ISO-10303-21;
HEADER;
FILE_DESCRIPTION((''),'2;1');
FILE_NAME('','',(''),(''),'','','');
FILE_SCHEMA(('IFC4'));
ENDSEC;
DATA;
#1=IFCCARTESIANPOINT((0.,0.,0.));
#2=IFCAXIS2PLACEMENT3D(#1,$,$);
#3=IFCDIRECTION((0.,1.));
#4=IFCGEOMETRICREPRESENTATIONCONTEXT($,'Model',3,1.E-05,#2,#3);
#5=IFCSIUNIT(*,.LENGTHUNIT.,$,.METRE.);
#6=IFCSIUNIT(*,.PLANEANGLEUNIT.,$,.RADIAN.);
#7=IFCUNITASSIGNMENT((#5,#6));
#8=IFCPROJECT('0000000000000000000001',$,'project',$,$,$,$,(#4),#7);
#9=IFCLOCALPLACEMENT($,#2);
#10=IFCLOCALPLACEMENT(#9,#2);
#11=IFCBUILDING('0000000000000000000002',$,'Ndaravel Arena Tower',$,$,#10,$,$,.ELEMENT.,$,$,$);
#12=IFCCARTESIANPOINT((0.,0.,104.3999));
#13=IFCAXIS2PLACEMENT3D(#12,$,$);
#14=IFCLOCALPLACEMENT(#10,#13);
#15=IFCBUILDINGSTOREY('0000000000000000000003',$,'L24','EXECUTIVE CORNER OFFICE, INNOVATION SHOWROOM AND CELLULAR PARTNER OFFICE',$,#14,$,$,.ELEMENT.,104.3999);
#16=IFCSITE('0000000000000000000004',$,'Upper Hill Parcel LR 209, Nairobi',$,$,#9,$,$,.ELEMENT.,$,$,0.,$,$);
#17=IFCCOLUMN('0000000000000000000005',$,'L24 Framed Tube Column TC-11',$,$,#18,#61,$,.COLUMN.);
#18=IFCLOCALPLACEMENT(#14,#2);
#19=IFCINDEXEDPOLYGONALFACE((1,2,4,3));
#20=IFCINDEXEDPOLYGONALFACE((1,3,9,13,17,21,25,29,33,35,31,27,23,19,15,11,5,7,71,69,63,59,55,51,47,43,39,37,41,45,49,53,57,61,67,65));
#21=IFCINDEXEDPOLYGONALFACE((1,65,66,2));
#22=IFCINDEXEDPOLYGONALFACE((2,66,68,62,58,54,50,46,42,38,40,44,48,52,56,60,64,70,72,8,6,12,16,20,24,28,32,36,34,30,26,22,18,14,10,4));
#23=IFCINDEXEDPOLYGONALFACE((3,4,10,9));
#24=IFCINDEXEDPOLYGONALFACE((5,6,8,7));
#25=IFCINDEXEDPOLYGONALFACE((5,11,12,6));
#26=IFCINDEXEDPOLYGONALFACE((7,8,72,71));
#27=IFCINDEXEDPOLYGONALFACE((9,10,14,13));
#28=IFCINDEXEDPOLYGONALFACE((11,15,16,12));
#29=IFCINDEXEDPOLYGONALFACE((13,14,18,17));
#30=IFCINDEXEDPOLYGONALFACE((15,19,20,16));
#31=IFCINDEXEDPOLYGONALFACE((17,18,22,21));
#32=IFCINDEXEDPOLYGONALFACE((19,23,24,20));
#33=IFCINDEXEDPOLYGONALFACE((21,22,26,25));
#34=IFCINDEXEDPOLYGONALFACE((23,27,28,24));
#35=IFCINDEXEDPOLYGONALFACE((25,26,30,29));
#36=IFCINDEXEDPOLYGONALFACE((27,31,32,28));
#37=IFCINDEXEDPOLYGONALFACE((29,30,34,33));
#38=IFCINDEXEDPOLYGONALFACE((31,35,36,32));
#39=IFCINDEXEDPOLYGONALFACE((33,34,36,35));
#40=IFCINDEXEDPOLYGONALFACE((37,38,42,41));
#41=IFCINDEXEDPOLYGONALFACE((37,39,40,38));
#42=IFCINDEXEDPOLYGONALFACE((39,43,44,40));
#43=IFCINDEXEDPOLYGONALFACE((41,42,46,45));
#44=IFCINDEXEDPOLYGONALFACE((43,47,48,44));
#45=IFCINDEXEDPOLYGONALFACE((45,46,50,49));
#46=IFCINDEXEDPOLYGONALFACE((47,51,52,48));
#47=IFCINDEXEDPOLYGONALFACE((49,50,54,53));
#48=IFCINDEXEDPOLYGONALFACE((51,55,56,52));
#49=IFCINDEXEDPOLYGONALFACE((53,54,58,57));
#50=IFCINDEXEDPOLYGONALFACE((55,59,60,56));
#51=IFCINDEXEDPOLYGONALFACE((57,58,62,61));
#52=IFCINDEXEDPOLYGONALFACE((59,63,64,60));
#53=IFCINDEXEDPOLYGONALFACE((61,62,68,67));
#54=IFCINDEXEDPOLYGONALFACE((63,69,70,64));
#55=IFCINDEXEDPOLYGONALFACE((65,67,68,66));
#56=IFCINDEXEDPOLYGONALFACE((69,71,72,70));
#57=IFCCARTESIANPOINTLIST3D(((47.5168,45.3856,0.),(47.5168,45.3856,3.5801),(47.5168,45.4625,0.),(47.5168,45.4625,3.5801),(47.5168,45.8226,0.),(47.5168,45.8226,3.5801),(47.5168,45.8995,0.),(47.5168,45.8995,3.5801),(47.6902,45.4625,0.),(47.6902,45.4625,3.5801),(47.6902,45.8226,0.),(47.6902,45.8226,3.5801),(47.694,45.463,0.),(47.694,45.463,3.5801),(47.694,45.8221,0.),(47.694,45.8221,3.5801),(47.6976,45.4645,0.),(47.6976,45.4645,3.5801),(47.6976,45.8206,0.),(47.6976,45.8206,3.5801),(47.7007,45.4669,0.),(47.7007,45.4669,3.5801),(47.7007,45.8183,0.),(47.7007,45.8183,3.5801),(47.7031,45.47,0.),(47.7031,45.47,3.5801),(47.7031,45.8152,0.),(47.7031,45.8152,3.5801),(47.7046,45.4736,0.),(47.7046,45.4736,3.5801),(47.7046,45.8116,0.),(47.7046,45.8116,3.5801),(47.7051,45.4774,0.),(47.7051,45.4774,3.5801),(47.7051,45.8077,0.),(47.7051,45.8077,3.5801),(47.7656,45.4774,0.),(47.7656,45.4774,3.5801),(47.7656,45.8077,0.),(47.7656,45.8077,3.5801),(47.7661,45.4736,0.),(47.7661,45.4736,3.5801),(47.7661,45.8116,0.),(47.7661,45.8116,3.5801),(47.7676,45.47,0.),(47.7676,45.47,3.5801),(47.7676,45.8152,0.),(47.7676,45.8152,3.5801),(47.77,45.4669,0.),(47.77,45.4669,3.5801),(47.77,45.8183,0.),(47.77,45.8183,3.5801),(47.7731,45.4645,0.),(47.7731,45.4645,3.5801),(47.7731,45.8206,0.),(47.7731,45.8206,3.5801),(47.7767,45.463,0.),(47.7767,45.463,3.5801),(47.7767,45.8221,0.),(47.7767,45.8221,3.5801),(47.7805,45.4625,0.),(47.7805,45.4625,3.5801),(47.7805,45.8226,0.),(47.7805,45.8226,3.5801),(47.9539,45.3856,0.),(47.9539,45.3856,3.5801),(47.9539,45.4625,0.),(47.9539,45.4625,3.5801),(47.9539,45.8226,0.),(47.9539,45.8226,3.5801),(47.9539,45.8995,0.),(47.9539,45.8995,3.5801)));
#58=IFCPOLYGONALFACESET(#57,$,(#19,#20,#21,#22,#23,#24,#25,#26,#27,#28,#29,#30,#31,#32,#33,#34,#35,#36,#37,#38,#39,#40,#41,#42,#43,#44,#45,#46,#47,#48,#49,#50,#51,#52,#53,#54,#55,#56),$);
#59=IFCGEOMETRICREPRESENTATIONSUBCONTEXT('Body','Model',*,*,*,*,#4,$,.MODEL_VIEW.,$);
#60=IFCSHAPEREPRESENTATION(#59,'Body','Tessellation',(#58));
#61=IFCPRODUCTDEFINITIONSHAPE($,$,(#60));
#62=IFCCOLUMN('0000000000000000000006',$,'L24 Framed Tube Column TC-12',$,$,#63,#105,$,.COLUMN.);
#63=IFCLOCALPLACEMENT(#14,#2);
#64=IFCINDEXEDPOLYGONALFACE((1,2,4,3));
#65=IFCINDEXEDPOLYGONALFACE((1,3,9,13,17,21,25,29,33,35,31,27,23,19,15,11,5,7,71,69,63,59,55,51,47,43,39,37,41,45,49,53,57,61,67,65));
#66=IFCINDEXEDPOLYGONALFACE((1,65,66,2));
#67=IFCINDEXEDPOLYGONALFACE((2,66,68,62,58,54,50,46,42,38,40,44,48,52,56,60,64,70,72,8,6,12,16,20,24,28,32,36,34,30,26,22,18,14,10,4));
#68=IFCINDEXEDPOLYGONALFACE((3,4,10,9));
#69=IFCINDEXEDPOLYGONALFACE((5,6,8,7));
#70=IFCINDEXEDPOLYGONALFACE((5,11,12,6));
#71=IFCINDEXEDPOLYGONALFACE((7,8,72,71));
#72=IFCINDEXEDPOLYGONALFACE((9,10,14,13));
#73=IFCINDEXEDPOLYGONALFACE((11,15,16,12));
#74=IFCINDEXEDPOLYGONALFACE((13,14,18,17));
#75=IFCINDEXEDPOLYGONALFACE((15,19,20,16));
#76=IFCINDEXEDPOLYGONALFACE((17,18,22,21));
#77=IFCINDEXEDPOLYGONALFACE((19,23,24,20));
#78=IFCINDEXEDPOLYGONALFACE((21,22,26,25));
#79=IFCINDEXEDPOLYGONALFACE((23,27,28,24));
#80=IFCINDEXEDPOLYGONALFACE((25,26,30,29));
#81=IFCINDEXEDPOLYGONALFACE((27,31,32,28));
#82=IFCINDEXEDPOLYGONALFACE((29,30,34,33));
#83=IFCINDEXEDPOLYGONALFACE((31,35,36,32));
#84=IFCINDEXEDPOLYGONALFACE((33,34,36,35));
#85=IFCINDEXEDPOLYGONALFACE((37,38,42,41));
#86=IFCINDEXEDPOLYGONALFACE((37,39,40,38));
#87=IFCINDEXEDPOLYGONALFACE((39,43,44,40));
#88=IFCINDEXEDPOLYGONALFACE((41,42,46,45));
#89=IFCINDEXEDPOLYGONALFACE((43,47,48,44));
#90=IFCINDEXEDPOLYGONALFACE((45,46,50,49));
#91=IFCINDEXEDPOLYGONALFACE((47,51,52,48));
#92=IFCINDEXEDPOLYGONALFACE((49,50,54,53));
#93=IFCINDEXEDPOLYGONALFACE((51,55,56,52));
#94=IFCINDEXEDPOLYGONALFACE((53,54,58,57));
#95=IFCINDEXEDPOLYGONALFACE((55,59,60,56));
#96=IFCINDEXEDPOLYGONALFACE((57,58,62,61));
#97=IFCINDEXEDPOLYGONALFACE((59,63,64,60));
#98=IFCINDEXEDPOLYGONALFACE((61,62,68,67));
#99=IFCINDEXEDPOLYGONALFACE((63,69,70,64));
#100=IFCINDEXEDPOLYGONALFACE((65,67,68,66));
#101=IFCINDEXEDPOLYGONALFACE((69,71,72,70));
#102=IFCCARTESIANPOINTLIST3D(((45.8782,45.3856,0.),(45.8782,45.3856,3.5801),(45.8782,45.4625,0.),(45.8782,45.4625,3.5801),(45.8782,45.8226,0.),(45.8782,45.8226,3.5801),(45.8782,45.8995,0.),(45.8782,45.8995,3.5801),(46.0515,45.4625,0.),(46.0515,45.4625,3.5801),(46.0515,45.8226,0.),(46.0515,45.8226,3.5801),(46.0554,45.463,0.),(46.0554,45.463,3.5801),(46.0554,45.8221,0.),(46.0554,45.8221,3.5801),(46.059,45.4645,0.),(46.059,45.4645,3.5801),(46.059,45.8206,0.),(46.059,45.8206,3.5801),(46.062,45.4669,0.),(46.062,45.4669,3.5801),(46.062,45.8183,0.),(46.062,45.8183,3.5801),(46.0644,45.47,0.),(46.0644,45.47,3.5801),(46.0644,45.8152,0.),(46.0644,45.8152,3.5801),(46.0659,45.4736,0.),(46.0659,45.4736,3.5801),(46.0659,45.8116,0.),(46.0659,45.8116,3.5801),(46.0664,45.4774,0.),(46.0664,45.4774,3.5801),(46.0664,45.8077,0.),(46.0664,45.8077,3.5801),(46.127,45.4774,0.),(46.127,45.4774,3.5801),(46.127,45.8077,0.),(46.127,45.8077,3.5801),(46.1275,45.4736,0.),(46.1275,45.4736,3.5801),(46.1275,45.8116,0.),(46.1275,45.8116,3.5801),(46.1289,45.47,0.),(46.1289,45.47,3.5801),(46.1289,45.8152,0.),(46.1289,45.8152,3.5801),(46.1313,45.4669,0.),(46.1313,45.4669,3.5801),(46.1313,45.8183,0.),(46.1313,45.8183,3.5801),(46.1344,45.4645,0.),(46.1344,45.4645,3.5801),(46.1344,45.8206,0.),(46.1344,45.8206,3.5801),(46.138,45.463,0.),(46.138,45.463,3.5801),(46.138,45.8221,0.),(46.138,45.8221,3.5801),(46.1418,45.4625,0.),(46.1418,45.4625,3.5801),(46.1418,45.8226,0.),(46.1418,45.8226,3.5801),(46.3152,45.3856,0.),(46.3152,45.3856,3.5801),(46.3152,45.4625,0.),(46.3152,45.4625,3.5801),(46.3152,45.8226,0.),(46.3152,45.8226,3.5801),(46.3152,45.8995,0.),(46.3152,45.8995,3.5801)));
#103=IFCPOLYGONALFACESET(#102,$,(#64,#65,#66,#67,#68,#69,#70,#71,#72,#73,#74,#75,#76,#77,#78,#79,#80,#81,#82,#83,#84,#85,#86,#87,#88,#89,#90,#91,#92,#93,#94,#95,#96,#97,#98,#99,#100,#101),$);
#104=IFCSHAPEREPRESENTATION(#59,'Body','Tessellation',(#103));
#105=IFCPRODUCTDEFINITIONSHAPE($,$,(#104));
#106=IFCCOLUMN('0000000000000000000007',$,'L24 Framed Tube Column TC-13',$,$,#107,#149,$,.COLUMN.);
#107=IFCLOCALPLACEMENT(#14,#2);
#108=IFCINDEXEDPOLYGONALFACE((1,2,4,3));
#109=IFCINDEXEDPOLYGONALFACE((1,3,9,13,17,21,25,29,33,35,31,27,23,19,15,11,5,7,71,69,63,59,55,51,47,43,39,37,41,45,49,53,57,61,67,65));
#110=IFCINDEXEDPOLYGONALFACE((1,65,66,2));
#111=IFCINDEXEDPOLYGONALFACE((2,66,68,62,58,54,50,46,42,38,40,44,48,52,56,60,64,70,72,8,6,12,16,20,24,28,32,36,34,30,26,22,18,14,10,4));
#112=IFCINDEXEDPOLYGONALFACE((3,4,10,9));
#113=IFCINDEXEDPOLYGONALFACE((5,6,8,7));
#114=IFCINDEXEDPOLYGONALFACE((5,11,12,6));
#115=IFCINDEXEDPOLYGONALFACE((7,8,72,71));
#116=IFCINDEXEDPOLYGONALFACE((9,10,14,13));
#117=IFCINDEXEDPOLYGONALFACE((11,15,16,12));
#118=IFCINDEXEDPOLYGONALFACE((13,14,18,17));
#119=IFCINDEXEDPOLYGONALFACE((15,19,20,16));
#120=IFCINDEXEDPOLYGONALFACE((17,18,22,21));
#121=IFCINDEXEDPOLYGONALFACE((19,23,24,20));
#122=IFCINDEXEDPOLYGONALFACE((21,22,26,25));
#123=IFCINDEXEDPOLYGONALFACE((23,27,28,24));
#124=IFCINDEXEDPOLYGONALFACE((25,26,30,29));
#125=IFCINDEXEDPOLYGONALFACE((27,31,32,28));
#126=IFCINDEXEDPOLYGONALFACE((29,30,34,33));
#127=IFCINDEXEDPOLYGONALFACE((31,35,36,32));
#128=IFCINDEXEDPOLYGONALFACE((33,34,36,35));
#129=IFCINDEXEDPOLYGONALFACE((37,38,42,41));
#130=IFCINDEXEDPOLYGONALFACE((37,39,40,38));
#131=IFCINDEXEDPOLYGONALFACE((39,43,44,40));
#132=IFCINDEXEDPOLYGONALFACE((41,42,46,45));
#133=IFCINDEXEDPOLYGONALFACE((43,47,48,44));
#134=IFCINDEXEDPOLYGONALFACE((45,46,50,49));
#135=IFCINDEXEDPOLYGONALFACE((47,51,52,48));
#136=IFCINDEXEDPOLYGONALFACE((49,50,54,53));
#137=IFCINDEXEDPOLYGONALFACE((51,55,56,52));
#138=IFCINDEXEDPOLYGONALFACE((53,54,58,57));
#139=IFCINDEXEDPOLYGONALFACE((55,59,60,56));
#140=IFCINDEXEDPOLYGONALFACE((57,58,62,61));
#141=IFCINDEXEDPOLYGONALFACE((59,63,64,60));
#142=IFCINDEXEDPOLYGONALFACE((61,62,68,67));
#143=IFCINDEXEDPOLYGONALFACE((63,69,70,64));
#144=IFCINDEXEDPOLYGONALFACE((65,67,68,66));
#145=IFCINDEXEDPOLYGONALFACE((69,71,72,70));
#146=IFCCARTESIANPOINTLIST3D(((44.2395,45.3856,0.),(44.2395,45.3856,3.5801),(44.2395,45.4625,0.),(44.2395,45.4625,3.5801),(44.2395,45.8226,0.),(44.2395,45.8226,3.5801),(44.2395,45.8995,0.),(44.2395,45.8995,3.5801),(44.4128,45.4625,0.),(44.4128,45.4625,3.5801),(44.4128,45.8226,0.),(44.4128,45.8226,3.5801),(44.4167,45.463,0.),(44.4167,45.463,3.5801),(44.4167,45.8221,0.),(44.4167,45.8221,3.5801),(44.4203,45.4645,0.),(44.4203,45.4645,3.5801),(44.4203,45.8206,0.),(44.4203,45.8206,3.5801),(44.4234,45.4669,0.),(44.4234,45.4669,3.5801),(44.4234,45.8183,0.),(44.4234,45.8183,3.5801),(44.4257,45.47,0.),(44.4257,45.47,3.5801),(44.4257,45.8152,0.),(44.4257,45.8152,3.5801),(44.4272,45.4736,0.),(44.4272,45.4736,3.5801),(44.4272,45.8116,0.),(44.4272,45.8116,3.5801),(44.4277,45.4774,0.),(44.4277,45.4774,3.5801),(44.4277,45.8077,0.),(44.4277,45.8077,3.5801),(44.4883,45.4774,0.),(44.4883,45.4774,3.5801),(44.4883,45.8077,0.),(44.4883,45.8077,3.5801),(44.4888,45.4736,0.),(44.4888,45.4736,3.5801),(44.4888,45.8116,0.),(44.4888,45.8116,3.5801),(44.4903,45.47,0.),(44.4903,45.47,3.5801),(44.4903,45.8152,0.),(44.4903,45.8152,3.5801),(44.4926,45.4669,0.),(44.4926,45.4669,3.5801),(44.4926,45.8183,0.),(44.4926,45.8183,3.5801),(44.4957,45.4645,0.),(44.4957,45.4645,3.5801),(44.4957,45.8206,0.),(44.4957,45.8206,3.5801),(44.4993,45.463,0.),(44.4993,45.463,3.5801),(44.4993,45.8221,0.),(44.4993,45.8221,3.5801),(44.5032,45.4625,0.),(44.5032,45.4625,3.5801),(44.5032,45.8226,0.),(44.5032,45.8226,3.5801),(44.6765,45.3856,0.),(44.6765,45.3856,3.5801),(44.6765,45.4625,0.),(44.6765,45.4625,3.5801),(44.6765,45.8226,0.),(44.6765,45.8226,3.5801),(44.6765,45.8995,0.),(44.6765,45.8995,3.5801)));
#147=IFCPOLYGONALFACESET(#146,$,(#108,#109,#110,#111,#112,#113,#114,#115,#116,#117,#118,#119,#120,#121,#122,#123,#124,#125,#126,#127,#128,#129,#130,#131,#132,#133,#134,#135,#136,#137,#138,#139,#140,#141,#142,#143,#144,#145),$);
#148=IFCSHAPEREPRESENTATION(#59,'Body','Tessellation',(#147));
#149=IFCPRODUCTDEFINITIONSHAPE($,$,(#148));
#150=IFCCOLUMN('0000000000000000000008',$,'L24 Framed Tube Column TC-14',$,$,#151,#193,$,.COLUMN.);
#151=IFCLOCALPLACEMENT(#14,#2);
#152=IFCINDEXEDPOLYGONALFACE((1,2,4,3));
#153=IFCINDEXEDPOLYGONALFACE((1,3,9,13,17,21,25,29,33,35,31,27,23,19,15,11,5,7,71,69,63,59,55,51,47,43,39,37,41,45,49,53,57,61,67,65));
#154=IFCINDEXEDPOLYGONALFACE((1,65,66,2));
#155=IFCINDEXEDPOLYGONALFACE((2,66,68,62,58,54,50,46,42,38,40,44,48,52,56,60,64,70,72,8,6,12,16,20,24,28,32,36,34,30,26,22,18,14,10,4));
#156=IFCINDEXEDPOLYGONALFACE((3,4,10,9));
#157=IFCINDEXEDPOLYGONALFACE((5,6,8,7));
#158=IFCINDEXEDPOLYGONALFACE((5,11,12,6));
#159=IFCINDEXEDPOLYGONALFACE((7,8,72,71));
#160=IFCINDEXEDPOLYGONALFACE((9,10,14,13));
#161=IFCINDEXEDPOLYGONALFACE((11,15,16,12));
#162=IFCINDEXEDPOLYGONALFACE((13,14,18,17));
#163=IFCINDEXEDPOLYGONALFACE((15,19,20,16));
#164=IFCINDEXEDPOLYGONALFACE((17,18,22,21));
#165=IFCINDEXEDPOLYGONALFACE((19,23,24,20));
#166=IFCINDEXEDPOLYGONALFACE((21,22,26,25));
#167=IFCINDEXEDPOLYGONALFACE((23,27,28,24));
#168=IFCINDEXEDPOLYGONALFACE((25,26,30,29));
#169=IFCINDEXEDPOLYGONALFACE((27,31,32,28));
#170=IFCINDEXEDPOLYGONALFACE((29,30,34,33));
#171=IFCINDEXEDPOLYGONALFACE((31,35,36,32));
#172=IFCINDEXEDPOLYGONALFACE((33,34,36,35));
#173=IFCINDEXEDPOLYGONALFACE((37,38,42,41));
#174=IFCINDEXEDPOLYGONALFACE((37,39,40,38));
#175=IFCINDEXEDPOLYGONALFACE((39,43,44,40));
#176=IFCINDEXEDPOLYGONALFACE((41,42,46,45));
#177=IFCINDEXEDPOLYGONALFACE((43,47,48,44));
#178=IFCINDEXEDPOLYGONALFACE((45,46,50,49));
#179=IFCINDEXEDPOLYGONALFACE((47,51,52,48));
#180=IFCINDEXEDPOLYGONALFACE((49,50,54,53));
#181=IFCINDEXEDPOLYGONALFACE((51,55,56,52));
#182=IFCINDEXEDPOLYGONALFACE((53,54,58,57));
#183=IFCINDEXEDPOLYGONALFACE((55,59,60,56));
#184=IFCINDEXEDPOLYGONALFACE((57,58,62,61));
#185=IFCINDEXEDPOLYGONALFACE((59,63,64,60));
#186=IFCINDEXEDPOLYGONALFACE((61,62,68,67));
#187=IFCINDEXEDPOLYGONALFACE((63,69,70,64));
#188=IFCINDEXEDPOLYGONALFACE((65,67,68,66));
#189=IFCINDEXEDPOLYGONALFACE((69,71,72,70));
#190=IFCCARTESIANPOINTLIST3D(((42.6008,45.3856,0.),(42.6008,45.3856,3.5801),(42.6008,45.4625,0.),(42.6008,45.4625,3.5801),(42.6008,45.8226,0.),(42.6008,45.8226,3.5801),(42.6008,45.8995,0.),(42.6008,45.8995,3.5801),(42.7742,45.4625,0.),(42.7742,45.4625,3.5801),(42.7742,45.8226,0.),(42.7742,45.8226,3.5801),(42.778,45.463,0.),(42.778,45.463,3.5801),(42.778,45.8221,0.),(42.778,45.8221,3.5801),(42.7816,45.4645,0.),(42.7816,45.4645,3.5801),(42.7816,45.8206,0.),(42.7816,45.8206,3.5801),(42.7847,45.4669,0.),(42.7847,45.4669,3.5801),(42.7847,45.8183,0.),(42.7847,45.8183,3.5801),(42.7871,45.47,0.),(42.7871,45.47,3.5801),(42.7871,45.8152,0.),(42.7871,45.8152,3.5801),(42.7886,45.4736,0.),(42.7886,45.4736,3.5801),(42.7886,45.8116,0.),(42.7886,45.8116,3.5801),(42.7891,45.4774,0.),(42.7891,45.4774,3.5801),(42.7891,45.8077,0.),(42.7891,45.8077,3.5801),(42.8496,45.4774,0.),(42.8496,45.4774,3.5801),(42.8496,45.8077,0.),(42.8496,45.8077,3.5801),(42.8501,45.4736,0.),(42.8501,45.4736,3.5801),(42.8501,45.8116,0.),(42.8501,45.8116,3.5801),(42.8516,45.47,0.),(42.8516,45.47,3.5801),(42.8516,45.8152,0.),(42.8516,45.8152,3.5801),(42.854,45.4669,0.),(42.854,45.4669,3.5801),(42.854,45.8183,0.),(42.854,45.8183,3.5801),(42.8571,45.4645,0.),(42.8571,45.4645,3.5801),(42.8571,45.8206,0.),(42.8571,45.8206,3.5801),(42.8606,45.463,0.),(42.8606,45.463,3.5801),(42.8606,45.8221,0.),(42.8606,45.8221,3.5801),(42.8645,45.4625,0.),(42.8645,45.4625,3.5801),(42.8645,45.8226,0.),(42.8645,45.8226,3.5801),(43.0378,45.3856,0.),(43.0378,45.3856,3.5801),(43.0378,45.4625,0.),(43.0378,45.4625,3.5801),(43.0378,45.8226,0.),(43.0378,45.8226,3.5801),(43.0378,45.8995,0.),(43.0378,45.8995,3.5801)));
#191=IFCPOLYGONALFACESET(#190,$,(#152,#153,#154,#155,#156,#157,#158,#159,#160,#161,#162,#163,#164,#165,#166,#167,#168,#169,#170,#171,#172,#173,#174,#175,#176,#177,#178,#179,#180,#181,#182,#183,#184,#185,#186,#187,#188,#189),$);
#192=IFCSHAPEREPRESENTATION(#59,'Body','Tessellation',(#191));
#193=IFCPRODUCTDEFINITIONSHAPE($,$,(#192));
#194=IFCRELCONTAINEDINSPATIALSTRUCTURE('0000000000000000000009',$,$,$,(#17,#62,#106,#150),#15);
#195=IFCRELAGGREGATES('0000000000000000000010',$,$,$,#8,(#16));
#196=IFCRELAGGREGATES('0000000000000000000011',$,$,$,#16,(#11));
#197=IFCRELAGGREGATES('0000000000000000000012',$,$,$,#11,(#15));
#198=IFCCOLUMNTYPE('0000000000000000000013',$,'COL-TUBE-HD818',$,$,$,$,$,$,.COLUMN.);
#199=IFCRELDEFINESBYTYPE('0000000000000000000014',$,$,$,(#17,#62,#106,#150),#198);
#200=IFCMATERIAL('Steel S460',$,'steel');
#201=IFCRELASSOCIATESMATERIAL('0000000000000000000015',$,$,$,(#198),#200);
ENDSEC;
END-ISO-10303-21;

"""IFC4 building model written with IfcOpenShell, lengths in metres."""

from ifc_helpers import new_model, si_unit, direction, frame, origin, origin_2d, place, context, subcontext, project, spatial, i_section, extrude, material, material_profile, profile_set, type_object, element, save


model = new_model("IFC4")

# Units and contexts
model_context = context("Model", 3, precision=1e-05, world=origin(), true_north=direction((0.0, 1.0)))
body_context = subcontext(model_context, "Body", "Model", "MODEL_VIEW")
ifc_project = project(units=[si_unit("LENGTHUNIT", "METRE"), si_unit("PLANEANGLEUNIT", "RADIAN")], contexts=[model_context])

# Site, building, storey
site_placement = place(None, origin())
site = spatial("IfcSite", under=ifc_project, at=site_placement, Name="Upper Hill Parcel LR 209, Nairobi", CompositionType="ELEMENT", RefElevation=0.0)
building_placement = place(site_placement, origin())
building = spatial("IfcBuilding", under=site, at=building_placement, Name="Ndaravel Arena Tower", CompositionType="ELEMENT")
storey_placement = place(building_placement, frame((0.0, 0.0, 104.3999)))
storey = spatial("IfcBuildingStorey", under=building, at=storey_placement, Name="L24", Description="EXECUTIVE CORNER OFFICE, INNOVATION SHOWROOM AND CELLULAR PARTNER OFFICE", CompositionType="ELEMENT", Elevation=104.3999)

# Columns
ifc_material_1 = material(Name="Steel S460", Category="steel")
ifc_material_profile_1 = material_profile(ifc_material_1, i_section(OverallWidth=0.437, OverallDepth=0.5139, WebThickness=0.0605, FlangeThickness=0.0769, FilletRadius=0.0149, at=origin_2d()), Name="HD 400x818")
ifc_profile_set_1 = profile_set([ifc_material_profile_1], Name="Steel S460")
column_type = type_object("IfcColumnType", Name="COL-TUBE-HD818", PredefinedType="COLUMN", material=ifc_profile_set_1)
for number, where, z_axis, x_axis, name in (
    (1, (47.7354, 45.6426, 0.0), (0.0, 0.0, 1.0), (1.0, 0.0, 0.0), "L24 Framed Tube Column TC-11"),
    (2, (46.0967, 45.6426, 0.0), (0.0, 0.0, 1.0), (1.0, 0.0, 0.0), "L24 Framed Tube Column TC-12"),
    (3, (44.458, 45.6426, 0.0), (0.0, 0.0, 1.0), (1.0, 0.0, 0.0), "L24 Framed Tube Column TC-13"),
    (4, (42.8193, 45.6426, 0.0), (0.0, 0.0, 1.0), (1.0, 0.0, 0.0), "L24 Framed Tube Column TC-14"),
):
    element("IfcColumn", number, at=place(storey_placement, frame(where, z_axis=z_axis, x_axis=x_axis)), inside=storey, type_object=column_type, Name=name, PredefinedType="COLUMN", context=body_context, shape_type="SweptSolid", body=[
        extrude(i_section(OverallWidth=0.437, OverallDepth=0.5139, WebThickness=0.0605, FlangeThickness=0.0769, FilletRadius=0.0149, at=origin_2d()), origin(), (0.0, 0.0, 1.0), 3.5801),
    ])

save(model, "model.ifc")
